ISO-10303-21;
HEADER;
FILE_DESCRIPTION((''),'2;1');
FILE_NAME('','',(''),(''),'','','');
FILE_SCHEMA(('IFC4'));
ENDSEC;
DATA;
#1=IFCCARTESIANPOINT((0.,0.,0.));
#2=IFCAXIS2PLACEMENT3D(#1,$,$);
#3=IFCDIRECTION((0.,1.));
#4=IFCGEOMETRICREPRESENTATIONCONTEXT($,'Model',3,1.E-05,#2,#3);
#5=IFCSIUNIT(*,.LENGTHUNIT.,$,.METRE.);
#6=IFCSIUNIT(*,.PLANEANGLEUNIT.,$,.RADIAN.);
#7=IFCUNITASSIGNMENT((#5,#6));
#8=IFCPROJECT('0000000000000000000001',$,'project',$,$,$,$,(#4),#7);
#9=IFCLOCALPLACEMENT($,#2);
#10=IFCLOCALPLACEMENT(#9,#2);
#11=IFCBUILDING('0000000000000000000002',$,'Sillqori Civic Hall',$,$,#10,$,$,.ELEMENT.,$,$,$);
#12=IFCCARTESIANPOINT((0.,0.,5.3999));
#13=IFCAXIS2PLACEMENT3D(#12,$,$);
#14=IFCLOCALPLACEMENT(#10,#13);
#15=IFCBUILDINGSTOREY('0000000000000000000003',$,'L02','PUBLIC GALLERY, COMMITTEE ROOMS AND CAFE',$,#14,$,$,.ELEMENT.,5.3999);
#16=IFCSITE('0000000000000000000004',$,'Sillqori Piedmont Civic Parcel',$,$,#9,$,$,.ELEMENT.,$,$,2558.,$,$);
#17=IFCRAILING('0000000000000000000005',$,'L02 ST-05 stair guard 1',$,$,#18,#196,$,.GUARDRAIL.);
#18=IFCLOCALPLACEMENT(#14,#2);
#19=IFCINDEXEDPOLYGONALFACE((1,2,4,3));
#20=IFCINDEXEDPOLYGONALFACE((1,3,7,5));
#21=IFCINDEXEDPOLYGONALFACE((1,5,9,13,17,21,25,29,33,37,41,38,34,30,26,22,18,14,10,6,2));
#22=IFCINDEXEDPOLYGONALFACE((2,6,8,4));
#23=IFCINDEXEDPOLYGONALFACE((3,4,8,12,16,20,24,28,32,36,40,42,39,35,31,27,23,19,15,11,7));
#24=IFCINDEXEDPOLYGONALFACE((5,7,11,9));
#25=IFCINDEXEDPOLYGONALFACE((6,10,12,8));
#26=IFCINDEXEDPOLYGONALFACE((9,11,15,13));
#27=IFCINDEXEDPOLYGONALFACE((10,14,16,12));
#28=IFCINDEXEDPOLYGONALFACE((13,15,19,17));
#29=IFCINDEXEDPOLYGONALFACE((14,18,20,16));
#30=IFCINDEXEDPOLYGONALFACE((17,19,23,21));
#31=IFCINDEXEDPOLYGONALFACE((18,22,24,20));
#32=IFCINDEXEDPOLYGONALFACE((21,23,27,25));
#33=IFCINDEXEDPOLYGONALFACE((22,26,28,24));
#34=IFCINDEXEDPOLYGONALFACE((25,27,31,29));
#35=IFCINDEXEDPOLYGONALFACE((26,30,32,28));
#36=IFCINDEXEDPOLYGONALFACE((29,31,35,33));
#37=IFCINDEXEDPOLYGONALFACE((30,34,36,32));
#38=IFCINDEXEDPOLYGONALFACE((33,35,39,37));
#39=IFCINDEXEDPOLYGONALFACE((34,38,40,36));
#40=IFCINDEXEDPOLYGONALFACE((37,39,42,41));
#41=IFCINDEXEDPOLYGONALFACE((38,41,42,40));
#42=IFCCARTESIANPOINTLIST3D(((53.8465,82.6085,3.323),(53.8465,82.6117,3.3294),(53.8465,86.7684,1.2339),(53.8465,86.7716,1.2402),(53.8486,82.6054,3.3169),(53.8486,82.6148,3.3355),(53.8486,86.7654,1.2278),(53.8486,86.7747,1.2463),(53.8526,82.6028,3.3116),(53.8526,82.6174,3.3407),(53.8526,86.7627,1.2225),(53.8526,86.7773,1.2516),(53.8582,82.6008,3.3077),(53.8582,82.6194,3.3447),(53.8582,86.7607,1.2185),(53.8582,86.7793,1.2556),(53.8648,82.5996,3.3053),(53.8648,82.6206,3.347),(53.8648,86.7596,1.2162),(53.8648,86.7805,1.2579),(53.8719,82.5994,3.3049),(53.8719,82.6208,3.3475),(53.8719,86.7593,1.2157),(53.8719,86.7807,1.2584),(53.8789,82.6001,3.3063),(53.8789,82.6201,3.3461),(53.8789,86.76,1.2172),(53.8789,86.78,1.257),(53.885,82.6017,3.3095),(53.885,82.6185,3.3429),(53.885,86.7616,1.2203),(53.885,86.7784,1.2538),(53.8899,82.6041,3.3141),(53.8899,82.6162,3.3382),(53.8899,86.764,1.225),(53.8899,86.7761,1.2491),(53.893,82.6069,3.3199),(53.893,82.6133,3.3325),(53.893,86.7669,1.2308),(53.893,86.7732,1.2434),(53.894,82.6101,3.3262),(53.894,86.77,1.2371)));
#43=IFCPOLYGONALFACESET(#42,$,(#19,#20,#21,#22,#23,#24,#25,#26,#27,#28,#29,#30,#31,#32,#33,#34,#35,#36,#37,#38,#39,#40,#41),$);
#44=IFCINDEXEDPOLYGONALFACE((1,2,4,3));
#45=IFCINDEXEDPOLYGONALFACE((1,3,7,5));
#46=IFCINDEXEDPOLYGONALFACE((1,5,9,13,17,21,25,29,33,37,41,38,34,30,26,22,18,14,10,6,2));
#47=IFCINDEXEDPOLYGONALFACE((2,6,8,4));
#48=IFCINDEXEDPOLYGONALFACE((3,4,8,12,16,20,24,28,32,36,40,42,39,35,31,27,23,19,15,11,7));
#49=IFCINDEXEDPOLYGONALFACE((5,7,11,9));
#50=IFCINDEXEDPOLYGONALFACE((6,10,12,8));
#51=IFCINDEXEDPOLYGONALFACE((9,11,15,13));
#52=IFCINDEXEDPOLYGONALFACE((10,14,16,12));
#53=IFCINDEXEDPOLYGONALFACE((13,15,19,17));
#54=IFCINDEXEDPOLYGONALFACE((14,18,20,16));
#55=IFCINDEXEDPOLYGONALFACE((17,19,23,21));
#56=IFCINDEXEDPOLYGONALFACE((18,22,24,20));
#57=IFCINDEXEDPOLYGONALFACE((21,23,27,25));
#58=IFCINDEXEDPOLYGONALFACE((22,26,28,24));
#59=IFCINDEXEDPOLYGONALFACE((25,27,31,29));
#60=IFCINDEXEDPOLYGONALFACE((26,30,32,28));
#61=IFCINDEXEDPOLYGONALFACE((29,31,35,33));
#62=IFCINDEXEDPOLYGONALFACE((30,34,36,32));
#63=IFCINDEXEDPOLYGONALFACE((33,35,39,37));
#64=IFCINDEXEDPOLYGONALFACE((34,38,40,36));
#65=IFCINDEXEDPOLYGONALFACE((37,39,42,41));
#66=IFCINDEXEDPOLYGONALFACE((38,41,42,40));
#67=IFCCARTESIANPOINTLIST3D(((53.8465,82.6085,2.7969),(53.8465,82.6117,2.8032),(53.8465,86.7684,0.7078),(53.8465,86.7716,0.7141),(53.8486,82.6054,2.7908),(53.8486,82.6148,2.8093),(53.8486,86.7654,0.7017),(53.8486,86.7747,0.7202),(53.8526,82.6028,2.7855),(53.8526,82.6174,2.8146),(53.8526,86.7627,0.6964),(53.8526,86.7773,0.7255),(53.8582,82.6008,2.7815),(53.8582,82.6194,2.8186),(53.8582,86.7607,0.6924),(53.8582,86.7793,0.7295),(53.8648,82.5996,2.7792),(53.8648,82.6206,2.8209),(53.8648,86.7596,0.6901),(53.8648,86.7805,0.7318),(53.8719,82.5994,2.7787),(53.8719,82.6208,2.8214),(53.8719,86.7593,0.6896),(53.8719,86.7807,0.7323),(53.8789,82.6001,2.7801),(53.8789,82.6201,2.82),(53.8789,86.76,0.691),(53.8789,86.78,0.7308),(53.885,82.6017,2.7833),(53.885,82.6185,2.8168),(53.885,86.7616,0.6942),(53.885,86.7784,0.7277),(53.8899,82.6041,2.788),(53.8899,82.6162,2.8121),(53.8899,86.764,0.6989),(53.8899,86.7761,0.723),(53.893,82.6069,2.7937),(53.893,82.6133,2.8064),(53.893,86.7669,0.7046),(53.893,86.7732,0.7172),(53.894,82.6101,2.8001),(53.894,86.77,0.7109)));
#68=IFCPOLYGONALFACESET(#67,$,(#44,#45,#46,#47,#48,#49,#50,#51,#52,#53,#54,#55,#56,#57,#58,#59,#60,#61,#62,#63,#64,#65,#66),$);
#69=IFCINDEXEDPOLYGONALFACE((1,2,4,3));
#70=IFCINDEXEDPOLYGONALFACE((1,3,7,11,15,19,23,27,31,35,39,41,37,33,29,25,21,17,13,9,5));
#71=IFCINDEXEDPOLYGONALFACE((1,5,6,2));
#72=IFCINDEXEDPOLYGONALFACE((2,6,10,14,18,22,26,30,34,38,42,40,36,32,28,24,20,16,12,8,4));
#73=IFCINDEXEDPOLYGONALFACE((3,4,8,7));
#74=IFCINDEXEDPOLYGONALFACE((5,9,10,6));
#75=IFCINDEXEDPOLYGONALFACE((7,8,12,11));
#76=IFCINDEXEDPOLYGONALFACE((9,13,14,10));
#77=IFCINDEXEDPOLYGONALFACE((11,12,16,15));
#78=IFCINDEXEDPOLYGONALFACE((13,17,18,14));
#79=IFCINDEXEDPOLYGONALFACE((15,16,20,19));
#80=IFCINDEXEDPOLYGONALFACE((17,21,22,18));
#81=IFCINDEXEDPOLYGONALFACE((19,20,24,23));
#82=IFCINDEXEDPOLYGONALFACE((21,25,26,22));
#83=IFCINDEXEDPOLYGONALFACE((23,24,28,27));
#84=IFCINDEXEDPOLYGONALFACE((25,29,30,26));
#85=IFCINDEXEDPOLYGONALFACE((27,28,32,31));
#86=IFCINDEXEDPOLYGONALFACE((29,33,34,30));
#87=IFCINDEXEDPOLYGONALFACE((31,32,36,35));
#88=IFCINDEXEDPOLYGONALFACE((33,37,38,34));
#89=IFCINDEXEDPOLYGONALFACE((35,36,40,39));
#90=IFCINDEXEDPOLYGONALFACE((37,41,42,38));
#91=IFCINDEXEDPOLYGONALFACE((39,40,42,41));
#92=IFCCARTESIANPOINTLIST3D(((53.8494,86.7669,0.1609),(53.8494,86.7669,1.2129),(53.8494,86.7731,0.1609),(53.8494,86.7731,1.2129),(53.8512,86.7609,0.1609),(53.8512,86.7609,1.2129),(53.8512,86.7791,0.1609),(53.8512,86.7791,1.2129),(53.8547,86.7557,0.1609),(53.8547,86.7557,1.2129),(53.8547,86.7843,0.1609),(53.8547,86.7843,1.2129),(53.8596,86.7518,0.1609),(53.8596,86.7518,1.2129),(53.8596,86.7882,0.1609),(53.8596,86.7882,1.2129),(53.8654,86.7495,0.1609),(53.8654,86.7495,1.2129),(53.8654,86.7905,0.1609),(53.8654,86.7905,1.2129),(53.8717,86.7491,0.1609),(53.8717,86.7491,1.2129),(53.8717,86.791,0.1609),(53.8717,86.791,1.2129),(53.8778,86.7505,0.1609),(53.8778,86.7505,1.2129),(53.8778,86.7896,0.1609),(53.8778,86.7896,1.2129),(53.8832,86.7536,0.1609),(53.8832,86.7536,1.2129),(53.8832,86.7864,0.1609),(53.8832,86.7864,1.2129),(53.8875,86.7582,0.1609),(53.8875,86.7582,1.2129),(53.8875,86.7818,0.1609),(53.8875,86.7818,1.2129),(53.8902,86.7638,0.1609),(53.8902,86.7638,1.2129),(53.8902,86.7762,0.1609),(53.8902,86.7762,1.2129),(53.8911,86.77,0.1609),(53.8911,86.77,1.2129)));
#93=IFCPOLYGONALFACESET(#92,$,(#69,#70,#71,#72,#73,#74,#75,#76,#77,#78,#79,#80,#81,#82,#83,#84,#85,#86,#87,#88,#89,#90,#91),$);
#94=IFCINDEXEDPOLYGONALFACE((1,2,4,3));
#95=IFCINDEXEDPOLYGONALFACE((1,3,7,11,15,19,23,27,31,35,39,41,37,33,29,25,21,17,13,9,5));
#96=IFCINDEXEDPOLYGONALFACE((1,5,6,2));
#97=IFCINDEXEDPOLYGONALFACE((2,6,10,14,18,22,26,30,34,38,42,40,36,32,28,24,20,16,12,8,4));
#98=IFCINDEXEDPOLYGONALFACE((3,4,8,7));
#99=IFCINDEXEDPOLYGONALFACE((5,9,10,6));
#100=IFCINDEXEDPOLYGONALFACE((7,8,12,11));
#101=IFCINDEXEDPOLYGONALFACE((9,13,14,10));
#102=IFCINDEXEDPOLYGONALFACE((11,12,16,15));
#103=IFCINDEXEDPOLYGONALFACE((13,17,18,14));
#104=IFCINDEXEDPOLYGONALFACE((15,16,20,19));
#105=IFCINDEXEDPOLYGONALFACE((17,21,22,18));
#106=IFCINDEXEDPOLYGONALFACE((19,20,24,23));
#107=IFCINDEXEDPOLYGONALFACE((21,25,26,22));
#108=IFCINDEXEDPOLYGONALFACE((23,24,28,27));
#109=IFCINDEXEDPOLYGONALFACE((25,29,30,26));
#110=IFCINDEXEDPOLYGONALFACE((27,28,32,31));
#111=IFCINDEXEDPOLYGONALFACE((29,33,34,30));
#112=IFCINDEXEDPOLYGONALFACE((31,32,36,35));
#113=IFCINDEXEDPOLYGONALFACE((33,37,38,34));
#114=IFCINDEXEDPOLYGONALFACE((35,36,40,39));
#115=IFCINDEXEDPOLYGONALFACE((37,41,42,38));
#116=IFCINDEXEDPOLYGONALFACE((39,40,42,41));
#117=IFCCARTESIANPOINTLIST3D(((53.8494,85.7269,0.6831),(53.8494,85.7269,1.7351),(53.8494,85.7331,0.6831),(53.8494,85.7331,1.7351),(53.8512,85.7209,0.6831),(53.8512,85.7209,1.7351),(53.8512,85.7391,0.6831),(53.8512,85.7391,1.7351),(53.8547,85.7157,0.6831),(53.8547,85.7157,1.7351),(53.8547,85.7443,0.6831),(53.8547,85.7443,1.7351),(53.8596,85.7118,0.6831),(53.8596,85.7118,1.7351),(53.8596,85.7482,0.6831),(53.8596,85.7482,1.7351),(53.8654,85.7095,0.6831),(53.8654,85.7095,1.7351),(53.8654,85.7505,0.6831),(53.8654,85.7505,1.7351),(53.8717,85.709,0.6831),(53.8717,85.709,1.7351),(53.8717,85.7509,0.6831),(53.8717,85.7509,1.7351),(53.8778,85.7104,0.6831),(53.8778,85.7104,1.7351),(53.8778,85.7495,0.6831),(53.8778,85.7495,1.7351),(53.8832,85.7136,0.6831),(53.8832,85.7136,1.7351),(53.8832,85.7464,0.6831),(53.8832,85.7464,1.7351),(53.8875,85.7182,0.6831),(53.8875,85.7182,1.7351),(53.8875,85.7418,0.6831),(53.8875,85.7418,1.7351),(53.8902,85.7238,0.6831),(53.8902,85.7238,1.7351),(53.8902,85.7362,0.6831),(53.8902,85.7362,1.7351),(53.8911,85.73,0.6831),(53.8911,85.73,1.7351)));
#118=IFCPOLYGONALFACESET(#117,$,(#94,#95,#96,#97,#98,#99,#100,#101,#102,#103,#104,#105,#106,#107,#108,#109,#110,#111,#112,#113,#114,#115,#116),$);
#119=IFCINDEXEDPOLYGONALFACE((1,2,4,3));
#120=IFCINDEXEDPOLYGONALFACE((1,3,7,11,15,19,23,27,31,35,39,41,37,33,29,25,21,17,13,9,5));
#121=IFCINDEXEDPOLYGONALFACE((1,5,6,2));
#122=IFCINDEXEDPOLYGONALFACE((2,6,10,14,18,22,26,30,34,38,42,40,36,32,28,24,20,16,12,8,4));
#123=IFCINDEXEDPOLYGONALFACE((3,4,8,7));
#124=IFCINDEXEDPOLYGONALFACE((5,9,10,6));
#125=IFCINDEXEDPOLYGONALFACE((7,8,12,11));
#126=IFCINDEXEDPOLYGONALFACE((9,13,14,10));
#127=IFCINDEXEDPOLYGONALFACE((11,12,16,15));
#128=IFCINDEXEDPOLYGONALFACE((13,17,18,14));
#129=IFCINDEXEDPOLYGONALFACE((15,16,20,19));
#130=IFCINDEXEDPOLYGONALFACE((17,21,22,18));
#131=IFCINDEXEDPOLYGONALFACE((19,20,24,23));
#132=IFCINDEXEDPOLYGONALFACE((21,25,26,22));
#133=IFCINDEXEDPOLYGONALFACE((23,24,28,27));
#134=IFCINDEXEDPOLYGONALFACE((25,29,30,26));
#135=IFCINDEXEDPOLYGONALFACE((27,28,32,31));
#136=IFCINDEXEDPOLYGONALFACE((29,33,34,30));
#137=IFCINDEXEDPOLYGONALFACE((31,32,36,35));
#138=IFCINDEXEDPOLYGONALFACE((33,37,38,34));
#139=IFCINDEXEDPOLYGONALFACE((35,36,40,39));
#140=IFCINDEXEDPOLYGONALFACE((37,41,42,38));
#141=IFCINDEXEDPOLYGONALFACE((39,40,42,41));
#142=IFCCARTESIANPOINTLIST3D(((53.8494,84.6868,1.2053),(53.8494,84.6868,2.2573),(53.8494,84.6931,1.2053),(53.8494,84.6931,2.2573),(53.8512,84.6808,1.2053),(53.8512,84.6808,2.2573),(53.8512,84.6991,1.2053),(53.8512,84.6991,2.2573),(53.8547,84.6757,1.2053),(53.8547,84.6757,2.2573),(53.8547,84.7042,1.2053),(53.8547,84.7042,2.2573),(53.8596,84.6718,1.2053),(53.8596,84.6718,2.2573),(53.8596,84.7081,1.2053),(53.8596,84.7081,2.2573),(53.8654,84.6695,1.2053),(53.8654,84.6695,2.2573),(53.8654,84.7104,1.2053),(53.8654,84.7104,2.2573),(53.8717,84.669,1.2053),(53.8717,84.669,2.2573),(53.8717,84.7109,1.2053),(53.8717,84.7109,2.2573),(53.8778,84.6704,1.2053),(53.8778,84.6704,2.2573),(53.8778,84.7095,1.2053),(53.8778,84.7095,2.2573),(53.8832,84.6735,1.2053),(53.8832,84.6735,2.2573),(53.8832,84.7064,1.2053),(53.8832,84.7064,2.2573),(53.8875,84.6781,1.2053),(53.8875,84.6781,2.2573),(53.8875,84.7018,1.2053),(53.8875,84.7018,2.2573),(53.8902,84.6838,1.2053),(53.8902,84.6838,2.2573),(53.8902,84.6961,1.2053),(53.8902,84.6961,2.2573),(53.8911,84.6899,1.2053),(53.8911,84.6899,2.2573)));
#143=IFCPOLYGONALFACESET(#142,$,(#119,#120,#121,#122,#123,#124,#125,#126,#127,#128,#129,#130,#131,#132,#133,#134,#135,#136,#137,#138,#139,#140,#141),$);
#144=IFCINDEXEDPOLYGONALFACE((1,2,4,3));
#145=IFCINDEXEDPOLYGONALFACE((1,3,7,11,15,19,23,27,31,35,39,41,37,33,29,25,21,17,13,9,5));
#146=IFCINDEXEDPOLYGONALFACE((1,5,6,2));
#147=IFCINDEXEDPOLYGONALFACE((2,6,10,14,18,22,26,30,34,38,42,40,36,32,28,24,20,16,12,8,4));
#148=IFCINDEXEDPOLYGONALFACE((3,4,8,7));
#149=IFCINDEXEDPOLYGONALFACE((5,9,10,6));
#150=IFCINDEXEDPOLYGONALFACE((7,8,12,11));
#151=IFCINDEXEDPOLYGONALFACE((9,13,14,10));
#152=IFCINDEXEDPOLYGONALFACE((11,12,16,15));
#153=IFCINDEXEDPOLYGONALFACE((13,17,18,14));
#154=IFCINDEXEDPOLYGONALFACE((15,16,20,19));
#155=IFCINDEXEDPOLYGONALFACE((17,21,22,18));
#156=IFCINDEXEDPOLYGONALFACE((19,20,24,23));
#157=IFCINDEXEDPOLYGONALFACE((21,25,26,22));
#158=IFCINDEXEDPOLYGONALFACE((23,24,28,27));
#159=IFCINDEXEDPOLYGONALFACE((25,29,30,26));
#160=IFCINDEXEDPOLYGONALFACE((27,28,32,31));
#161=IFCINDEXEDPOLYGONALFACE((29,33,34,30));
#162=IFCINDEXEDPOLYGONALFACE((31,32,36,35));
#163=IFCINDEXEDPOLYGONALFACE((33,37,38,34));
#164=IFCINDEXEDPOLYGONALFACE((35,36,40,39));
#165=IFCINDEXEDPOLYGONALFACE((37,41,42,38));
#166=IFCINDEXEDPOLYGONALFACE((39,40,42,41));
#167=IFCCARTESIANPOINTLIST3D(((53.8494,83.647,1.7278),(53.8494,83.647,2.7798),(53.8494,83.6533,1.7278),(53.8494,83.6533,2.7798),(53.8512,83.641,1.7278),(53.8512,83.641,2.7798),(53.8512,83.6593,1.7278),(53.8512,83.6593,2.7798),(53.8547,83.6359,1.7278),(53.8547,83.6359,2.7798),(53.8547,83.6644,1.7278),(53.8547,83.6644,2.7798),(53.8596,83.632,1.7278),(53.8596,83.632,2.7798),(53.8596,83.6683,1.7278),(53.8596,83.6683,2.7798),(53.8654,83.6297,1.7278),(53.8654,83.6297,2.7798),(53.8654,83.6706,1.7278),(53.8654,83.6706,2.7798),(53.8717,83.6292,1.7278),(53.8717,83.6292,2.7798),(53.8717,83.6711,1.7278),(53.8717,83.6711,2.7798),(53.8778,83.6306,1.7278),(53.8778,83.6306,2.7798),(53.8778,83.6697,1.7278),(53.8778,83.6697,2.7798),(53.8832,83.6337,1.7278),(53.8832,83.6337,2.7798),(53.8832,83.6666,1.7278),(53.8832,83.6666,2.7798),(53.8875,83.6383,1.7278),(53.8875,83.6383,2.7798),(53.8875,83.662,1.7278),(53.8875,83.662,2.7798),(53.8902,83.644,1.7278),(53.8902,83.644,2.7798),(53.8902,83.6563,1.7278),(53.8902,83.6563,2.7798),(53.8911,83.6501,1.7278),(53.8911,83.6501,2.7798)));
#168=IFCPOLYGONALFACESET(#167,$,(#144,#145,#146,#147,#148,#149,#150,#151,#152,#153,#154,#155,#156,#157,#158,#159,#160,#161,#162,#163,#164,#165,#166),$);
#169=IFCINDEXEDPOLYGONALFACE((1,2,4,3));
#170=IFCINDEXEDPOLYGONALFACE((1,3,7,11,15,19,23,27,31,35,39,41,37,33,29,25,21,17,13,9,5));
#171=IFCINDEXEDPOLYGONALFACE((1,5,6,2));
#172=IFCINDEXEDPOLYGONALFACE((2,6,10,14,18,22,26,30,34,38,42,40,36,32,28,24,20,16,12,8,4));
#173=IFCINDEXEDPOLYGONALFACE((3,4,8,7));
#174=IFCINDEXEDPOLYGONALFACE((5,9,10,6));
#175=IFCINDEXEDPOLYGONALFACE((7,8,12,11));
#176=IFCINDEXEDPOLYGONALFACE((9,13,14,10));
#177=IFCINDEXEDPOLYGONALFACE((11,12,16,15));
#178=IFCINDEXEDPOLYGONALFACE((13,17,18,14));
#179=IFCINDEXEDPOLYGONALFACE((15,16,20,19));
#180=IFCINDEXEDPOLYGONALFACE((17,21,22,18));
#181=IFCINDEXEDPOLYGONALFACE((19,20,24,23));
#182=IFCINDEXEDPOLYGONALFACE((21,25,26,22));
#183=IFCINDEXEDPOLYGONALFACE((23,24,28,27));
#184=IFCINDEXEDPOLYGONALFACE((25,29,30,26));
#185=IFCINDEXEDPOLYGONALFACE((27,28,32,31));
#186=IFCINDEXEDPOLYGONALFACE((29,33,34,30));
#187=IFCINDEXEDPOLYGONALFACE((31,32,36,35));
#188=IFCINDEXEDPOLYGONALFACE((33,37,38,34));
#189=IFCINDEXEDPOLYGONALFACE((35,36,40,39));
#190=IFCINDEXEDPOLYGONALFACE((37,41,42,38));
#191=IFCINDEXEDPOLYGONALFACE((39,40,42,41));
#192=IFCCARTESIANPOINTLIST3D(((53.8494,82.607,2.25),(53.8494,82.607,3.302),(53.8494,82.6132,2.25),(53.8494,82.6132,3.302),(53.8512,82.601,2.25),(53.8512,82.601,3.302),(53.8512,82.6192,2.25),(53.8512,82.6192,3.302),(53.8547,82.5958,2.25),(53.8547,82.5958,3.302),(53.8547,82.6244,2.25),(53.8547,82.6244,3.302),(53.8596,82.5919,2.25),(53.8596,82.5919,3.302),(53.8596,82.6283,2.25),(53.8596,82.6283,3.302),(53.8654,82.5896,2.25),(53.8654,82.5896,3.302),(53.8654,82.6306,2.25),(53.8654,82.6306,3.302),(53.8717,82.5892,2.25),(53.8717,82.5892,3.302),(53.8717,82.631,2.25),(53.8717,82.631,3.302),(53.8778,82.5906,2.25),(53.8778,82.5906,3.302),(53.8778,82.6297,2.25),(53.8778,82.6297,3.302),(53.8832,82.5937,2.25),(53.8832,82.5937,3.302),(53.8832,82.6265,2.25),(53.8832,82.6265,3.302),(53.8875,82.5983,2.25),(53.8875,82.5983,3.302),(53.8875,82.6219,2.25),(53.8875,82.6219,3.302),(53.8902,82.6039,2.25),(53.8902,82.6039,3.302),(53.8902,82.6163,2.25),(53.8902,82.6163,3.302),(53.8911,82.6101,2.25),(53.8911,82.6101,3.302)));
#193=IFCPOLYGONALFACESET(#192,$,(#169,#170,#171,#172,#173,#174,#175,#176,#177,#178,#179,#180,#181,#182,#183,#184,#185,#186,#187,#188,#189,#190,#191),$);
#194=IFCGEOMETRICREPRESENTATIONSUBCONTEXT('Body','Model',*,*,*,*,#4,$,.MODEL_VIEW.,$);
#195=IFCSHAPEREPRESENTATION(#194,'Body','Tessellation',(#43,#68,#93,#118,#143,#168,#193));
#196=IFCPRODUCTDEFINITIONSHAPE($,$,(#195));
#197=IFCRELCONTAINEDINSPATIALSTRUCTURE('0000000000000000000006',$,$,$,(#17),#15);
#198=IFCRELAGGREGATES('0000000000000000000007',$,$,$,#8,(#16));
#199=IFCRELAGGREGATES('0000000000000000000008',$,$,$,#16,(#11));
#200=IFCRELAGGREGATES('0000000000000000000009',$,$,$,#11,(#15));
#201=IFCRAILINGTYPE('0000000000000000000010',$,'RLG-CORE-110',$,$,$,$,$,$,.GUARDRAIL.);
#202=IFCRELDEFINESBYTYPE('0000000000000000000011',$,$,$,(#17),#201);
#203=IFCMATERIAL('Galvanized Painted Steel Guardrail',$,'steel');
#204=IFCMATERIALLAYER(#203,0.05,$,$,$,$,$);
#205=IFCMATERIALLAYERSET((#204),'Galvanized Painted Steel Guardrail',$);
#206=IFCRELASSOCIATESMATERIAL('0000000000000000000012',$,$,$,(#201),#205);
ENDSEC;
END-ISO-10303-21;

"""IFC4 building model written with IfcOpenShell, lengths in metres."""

from ifc_helpers import new_model, si_unit, direction, frame, origin, origin_2d, place, context, subcontext, project, spatial, circle, extrude, material, layer, layer_set, type_object, element, save


model = new_model("IFC4")

# Units and contexts
model_context = context("Model", 3, precision=1e-05, world=origin(), true_north=direction((0.0, 1.0)))
body_context = subcontext(model_context, "Body", "Model", "MODEL_VIEW")
ifc_project = project(units=[si_unit("LENGTHUNIT", "METRE"), si_unit("PLANEANGLEUNIT", "RADIAN")], contexts=[model_context])

# Site, building, storey
site_placement = place(None, origin())
site = spatial("IfcSite", under=ifc_project, at=site_placement, Name="Sillqori Piedmont Civic Parcel", CompositionType="ELEMENT", RefElevation=2558.0)
building_placement = place(site_placement, origin())
building = spatial("IfcBuilding", under=site, at=building_placement, Name="Sillqori Civic Hall", CompositionType="ELEMENT")
storey_placement = place(building_placement, frame((0.0, 0.0, 5.3999)))
storey = spatial("IfcBuildingStorey", under=building, at=storey_placement, Name="L02", Description="PUBLIC GALLERY, COMMITTEE ROOMS AND CAFE", CompositionType="ELEMENT", Elevation=5.3999)

# Railing
ifc_material_1 = material(Name="Galvanized Painted Steel Guardrail", Category="steel")
ifc_layer_1 = layer(ifc_material_1, 0.05)
ifc_layer_set_1 = layer_set([ifc_layer_1], Name="Galvanized Painted Steel Guardrail")
railing_type_1 = type_object("IfcRailingType", Name="RLG-CORE-110", PredefinedType="GUARDRAIL", material=ifc_layer_set_1)
railing_1_placement = place(storey_placement, frame((53.8701, 86.77, 0.1609)))
element("IfcRailing", 1, at=railing_1_placement, inside=storey, type_object=railing_type_1, Name="L02 ST-05 stair guard 1", PredefinedType="GUARDRAIL", context=body_context, shape_type="SweptSolid", body=[
    extrude(circle(Radius=0.0239, at=origin_2d()), frame((0.0, 0.0, 1.0762), z_axis=(0.0, -0.893639, 0.448786), x_axis=(1.0, 0.0, 0.0)), (0.0, 0.0, 1.0), 4.655),
    extrude(circle(Radius=0.0239, at=origin_2d()), frame((0.0, 0.0, 0.55), z_axis=(0.0, -0.893639, 0.448786), x_axis=(1.0, 0.0, 0.0)), (0.0, 0.0, 1.0), 4.655),
    extrude(circle(Radius=0.021, at=origin_2d()), origin(), (0.0, 0.0, 1.0), 1.052),
    extrude(circle(Radius=0.021, at=origin_2d()), frame((0.0, -1.04, 0.5222)), (0.0, 0.0, 1.0), 1.052),
    extrude(circle(Radius=0.021, at=origin_2d()), frame((0.0, -2.0801, 1.0444)), (0.0, 0.0, 1.0), 1.052),
    extrude(circle(Radius=0.021, at=origin_2d()), frame((0.0, -3.1199, 1.5669)), (0.0, 0.0, 1.0), 1.052),
    extrude(circle(Radius=0.021, at=origin_2d()), frame((0.0, -4.1599, 2.0891)), (0.0, 0.0, 1.0), 1.052),
])

save(model, "model.ifc")
